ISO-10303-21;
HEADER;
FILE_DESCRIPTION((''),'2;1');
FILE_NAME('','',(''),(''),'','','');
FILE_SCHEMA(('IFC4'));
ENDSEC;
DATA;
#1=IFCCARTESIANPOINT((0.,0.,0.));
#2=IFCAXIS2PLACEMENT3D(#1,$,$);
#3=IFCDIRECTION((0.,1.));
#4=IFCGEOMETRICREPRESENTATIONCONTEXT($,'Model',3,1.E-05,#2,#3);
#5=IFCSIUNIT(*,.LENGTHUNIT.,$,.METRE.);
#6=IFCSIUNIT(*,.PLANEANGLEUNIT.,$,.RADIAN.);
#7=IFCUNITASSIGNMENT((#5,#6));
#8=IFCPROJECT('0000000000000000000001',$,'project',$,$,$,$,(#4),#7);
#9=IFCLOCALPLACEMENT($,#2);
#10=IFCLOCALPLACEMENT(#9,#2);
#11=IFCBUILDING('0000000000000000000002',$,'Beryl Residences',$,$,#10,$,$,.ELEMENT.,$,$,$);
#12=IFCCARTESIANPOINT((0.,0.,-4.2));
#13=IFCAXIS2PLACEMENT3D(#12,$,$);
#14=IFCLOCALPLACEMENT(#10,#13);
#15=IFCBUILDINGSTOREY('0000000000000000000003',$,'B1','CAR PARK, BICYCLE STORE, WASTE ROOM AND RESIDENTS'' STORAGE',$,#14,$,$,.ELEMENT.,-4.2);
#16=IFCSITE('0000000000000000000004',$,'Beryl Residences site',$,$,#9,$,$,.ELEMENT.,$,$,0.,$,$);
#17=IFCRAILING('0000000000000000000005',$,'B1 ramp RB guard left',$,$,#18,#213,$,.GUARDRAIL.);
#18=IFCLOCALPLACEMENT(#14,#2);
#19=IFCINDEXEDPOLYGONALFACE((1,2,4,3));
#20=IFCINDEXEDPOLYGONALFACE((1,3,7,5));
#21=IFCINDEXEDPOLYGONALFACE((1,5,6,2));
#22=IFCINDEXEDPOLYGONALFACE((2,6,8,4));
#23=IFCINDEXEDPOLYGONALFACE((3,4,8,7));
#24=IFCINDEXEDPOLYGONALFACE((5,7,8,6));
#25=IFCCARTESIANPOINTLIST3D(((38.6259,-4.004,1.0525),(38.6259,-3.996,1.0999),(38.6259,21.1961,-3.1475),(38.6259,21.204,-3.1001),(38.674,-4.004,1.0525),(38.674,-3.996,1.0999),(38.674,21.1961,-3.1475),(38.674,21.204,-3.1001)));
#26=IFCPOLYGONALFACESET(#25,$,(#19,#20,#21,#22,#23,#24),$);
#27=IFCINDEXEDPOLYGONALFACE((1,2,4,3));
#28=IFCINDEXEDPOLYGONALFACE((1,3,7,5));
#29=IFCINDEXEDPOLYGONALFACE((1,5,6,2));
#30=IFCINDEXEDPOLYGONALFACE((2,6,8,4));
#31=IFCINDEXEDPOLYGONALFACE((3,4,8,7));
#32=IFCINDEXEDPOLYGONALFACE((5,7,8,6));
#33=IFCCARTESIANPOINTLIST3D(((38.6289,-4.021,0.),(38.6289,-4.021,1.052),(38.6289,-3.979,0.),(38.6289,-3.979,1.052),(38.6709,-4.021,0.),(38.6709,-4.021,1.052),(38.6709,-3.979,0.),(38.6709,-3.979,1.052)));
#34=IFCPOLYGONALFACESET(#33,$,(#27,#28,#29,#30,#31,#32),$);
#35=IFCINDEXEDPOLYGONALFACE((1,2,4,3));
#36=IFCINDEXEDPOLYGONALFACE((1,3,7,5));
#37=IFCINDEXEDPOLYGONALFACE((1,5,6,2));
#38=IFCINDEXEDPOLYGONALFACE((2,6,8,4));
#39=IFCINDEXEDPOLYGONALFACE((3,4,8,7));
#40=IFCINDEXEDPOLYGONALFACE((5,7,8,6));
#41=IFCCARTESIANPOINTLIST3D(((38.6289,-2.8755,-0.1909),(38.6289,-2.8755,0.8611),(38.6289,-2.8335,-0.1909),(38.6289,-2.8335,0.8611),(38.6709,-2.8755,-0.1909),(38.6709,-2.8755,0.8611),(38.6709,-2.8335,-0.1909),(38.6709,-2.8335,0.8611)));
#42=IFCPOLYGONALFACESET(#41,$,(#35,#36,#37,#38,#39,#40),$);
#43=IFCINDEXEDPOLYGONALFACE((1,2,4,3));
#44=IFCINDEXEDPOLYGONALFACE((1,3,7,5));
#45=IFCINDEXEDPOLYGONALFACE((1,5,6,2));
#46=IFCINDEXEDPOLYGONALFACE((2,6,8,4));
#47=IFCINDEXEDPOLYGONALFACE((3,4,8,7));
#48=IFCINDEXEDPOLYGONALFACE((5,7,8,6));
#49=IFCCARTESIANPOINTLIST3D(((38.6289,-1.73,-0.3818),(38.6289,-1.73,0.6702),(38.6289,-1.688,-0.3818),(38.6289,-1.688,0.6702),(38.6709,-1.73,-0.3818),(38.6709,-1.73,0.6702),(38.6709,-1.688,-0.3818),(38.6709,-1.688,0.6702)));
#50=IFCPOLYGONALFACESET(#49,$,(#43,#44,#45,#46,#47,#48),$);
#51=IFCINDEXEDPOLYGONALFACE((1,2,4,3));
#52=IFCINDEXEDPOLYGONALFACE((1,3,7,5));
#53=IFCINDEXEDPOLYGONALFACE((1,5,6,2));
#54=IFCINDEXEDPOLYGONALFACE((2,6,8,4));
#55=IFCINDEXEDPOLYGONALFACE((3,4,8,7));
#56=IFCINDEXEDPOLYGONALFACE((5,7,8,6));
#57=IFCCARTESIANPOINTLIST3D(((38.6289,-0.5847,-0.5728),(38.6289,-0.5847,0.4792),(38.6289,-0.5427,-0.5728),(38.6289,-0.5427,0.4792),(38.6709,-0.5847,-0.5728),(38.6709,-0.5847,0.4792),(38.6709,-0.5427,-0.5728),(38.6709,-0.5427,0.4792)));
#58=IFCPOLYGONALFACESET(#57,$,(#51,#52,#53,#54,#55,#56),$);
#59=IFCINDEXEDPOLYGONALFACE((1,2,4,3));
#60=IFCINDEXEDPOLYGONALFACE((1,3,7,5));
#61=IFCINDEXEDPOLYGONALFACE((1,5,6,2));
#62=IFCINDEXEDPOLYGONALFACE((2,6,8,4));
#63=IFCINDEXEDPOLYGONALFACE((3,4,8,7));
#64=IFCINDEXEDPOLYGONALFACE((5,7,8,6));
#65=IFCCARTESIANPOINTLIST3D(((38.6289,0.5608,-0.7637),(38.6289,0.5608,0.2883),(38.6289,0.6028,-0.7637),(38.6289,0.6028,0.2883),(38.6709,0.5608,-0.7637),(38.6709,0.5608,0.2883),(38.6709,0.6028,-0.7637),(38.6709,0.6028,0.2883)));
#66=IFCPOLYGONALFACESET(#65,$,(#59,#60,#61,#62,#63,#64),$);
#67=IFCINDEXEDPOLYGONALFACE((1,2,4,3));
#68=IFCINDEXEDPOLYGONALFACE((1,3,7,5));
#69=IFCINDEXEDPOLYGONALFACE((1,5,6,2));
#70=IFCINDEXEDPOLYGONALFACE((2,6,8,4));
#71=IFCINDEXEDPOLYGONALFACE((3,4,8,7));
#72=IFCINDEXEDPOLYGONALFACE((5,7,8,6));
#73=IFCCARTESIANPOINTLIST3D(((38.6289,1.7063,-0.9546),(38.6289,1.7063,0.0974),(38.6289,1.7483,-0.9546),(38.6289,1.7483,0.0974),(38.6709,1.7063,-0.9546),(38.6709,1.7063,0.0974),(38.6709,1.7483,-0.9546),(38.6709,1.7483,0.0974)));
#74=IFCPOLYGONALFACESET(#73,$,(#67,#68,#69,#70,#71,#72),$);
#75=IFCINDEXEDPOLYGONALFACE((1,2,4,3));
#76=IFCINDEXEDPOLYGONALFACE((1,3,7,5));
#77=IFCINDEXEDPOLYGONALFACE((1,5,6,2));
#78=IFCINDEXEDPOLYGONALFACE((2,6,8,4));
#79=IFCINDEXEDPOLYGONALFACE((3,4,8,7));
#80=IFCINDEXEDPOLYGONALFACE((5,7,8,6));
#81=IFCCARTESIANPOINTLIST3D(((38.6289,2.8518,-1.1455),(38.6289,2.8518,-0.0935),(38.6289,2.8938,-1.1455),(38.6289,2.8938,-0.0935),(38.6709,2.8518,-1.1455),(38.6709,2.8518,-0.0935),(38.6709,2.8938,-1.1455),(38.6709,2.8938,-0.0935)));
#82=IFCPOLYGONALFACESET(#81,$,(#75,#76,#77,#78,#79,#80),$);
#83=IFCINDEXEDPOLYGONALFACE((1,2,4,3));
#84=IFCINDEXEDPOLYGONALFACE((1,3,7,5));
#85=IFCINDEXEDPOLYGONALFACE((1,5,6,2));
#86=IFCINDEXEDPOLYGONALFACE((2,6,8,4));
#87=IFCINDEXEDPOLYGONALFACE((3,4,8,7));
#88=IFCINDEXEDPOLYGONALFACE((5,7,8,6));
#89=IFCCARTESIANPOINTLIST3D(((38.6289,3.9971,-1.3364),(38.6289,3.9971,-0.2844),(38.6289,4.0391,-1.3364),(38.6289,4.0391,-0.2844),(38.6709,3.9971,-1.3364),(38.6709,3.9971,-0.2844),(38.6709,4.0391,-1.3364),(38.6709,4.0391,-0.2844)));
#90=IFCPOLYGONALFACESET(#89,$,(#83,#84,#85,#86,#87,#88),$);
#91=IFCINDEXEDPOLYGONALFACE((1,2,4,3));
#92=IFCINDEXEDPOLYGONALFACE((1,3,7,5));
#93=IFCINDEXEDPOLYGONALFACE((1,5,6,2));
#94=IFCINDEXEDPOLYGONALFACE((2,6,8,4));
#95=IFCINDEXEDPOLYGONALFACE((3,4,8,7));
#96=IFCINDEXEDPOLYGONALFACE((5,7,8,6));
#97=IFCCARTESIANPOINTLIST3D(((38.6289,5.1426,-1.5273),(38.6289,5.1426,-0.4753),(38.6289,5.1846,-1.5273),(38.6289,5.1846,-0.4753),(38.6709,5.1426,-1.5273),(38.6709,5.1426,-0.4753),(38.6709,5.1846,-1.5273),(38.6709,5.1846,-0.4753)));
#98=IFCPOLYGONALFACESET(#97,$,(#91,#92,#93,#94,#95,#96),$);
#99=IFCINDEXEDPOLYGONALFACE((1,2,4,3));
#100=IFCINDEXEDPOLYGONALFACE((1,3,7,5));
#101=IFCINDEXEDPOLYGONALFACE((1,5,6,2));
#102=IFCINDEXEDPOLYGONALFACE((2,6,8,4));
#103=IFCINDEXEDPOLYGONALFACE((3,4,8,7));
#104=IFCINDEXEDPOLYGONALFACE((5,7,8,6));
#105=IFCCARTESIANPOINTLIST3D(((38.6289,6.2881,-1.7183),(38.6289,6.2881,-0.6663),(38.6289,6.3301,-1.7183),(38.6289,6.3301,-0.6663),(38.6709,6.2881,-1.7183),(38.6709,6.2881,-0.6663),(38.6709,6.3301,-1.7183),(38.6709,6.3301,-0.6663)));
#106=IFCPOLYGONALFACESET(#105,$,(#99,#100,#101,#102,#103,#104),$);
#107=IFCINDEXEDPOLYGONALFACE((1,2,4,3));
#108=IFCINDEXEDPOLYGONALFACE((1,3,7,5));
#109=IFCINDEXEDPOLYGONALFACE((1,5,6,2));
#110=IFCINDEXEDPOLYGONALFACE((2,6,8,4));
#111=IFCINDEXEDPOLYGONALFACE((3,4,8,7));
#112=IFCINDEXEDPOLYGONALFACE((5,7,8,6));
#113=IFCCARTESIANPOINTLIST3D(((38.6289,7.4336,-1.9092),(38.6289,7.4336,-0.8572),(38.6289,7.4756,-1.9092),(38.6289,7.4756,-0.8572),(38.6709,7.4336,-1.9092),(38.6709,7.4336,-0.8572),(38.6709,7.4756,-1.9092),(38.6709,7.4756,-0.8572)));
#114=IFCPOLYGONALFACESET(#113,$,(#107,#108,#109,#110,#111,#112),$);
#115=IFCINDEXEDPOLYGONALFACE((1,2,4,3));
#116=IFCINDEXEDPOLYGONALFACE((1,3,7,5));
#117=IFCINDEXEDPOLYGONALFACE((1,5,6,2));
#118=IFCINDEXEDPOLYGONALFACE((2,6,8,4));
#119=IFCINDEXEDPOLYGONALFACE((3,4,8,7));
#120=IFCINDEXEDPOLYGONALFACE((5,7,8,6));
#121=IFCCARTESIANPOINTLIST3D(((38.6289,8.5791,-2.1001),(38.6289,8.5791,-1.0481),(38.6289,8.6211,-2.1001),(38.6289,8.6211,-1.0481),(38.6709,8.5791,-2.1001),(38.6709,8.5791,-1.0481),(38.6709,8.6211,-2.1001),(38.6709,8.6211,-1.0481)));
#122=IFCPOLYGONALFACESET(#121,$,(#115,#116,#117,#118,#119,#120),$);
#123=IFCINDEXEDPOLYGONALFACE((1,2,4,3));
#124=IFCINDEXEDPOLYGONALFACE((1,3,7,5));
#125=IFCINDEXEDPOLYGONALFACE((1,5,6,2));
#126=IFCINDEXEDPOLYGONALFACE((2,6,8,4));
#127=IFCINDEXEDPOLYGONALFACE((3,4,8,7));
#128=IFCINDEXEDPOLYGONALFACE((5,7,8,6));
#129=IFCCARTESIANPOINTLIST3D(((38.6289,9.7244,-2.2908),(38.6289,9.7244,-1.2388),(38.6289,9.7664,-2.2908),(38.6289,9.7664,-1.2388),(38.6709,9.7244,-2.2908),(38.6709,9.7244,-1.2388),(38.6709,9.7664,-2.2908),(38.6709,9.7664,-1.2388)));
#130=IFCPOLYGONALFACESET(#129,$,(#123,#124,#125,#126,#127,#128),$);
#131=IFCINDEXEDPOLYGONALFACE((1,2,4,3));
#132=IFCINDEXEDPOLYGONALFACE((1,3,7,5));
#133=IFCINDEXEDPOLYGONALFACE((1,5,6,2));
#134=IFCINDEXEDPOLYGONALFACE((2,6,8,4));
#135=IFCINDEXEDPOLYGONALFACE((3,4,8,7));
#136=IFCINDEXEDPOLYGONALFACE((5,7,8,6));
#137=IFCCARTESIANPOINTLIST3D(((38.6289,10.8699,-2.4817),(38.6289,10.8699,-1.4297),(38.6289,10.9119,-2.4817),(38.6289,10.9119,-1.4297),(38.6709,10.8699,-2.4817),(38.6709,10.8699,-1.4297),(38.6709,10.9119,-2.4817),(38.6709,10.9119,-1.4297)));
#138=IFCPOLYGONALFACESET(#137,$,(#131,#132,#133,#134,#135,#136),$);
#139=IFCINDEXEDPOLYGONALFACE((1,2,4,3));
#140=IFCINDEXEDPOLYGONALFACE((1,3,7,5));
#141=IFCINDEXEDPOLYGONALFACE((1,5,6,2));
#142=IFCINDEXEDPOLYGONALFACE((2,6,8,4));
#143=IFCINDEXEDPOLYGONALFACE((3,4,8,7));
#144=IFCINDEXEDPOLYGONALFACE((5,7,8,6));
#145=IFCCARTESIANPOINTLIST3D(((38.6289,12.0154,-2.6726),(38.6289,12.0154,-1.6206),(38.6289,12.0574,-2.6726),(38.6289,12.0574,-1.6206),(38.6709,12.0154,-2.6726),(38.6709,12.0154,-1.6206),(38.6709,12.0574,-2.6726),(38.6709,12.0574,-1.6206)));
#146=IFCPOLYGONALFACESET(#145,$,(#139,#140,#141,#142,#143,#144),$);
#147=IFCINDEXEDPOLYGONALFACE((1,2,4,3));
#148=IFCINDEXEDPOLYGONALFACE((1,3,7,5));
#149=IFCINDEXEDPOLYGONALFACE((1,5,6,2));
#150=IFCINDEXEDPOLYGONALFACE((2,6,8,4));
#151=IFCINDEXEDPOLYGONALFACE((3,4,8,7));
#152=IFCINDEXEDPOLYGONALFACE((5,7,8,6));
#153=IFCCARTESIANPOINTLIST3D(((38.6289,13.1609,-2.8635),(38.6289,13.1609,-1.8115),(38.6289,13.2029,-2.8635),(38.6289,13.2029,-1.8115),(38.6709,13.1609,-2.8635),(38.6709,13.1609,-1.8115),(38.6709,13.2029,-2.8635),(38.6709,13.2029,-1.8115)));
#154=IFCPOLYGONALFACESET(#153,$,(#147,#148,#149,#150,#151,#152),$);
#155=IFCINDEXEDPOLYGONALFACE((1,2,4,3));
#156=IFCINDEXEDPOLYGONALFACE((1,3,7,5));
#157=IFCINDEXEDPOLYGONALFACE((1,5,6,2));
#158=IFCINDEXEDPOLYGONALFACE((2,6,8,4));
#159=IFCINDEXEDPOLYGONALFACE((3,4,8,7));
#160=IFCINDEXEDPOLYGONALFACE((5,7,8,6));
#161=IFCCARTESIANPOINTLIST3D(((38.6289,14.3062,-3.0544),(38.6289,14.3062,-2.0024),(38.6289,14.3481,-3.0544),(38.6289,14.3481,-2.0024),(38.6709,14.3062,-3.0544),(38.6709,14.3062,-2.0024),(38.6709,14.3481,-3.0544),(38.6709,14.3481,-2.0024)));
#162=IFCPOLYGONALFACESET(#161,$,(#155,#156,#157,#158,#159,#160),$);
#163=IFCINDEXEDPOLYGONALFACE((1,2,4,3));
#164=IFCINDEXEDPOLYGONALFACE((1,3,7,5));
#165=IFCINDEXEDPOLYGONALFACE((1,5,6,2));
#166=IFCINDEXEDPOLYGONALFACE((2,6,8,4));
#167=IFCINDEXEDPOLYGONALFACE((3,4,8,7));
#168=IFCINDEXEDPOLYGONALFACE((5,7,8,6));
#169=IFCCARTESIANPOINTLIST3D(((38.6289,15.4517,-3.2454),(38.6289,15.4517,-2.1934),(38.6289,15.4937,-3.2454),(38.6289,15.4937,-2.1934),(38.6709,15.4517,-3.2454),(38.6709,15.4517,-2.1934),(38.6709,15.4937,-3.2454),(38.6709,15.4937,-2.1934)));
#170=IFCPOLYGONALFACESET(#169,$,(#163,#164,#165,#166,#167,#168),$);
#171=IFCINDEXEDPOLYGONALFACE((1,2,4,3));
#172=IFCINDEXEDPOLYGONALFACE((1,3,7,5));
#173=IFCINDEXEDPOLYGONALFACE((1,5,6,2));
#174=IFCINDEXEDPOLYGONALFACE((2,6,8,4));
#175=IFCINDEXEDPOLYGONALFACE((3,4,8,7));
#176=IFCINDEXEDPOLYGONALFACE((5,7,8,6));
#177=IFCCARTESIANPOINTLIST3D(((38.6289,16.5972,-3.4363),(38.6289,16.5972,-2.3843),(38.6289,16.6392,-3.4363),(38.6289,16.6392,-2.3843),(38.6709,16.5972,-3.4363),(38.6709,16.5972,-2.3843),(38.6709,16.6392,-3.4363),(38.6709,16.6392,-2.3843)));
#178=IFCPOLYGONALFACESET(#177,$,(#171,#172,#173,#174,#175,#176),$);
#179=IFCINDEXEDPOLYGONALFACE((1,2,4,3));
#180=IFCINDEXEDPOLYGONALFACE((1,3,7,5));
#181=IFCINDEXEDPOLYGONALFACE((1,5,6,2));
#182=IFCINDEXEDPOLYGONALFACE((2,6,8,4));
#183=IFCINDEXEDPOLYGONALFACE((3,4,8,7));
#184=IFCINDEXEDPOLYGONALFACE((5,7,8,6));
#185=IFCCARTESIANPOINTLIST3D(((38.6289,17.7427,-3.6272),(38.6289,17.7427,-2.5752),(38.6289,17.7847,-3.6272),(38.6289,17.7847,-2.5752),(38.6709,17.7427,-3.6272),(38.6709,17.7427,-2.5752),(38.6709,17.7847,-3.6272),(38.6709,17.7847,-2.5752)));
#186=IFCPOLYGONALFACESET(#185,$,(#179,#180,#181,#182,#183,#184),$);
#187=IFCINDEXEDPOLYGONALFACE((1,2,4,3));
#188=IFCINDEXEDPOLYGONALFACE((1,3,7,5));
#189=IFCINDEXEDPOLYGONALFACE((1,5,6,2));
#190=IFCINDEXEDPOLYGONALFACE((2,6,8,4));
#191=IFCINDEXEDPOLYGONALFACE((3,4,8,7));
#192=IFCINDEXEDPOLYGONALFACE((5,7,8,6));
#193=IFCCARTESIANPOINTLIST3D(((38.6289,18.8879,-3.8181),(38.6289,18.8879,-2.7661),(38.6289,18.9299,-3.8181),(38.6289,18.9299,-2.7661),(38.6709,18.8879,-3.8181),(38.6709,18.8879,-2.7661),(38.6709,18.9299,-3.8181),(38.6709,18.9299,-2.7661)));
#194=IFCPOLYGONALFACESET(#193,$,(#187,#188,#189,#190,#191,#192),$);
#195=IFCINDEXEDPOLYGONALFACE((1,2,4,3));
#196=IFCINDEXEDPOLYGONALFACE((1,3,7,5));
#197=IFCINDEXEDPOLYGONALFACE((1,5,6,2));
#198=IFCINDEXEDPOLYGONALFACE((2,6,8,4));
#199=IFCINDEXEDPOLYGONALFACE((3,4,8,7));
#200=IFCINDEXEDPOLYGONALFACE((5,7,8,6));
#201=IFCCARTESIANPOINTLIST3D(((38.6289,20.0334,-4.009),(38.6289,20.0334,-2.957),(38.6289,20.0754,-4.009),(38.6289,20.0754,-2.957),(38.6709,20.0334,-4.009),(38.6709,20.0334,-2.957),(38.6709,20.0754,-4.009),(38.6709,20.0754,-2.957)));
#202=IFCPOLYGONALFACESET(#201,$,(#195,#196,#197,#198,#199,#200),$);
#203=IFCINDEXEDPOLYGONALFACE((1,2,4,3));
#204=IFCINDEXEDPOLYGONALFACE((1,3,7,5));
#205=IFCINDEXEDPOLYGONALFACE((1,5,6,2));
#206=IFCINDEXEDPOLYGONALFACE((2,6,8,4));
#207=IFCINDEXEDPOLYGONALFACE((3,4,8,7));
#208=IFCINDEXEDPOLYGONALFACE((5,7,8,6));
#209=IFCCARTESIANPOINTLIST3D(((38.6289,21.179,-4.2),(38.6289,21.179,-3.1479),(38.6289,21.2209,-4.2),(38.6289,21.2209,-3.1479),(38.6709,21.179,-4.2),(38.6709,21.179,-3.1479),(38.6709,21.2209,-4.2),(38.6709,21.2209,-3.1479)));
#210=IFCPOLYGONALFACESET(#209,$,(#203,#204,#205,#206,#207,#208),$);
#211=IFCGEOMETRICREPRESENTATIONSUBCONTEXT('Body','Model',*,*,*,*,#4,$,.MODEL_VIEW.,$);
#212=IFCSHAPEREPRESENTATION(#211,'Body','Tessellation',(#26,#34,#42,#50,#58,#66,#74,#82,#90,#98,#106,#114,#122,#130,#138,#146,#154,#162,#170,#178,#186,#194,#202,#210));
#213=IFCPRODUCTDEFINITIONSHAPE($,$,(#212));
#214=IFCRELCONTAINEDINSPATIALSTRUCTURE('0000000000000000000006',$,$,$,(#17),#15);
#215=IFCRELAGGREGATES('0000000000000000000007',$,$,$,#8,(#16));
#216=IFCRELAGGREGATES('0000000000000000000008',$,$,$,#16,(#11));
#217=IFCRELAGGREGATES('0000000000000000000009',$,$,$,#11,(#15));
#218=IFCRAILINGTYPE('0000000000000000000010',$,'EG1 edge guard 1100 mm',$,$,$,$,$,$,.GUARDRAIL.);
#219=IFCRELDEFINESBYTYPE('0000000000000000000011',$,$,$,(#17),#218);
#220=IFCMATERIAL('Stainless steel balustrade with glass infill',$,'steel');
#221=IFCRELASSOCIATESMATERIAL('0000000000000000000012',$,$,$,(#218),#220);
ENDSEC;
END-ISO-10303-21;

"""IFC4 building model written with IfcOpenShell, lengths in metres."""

from ifc_helpers import new_model, si_unit, direction, frame, origin, origin_2d, place, context, subcontext, project, spatial, rectangle, extrude, material, type_object, element, save


model = new_model("IFC4")

# Units and contexts
model_context = context("Model", 3, precision=1e-05, world=origin(), true_north=direction((0.0, 1.0)))
body_context = subcontext(model_context, "Body", "Model", "MODEL_VIEW")
ifc_project = project(units=[si_unit("LENGTHUNIT", "METRE"), si_unit("PLANEANGLEUNIT", "RADIAN")], contexts=[model_context])

# Site, building, storey
site_placement = place(None, origin())
site = spatial("IfcSite", under=ifc_project, at=site_placement, Name="Beryl Residences site", CompositionType="ELEMENT", RefElevation=0.0)
building_placement = place(site_placement, origin())
building = spatial("IfcBuilding", under=site, at=building_placement, Name="Beryl Residences", CompositionType="ELEMENT")
storey_placement = place(building_placement, frame((0.0, 0.0, -4.2)))
storey = spatial("IfcBuildingStorey", under=building, at=storey_placement, Name="B1", Description="CAR PARK, BICYCLE STORE, WASTE ROOM AND RESIDENTS' STORAGE", CompositionType="ELEMENT", Elevation=-4.2)

# Railing
ifc_material_1 = material(Name="Stainless steel balustrade with glass infill", Category="steel")
railing_type_1 = type_object("IfcRailingType", Name="EG1 edge guard 1100 mm", PredefinedType="GUARDRAIL", material=ifc_material_1)
railing_1_placement = place(storey_placement, frame((38.6499, -4.0, 0.0)))
element("IfcRailing", 1, at=railing_1_placement, inside=storey, type_object=railing_type_1, Name="B1 ramp RB guard left", PredefinedType="GUARDRAIL", context=body_context, shape_type="SweptSolid", body=[
    extrude(rectangle(XDim=0.0481, YDim=0.0481, at=origin_2d()), frame((0.0, 0.0, 1.0762), z_axis=(0.0, 0.986394, -0.164397), x_axis=(-1.0, 0.0, 0.0)), (0.0, 0.0, 1.0), 25.5476),
    extrude(rectangle(XDim=0.042, YDim=0.042, at=origin_2d()), origin(), (0.0, 0.0, 1.0), 1.052),
    extrude(rectangle(XDim=0.042, YDim=0.042, at=origin_2d()), frame((0.0, 1.1455, -0.1909)), (0.0, 0.0, 1.0), 1.052),
    extrude(rectangle(XDim=0.042, YDim=0.042, at=origin_2d()), frame((0.0, 2.291, -0.3818)), (0.0, 0.0, 1.0), 1.052),
    extrude(rectangle(XDim=0.042, YDim=0.042, at=origin_2d()), frame((0.0, 3.4363, -0.5728)), (0.0, 0.0, 1.0), 1.052),
    extrude(rectangle(XDim=0.042, YDim=0.042, at=origin_2d()), frame((0.0, 4.5818, -0.7637)), (0.0, 0.0, 1.0), 1.052),
    extrude(rectangle(XDim=0.042, YDim=0.042, at=origin_2d()), frame((0.0, 5.7273, -0.9546)), (0.0, 0.0, 1.0), 1.052),
    extrude(rectangle(XDim=0.042, YDim=0.042, at=origin_2d()), frame((0.0, 6.8728, -1.1455)), (0.0, 0.0, 1.0), 1.052),
    extrude(rectangle(XDim=0.042, YDim=0.042, at=origin_2d()), frame((0.0, 8.0181, -1.3364)), (0.0, 0.0, 1.0), 1.052),
    extrude(rectangle(XDim=0.042, YDim=0.042, at=origin_2d()), frame((0.0, 9.1636, -1.5273)), (0.0, 0.0, 1.0), 1.052),
    extrude(rectangle(XDim=0.042, YDim=0.042, at=origin_2d()), frame((0.0, 10.3091, -1.7183)), (0.0, 0.0, 1.0), 1.052),
    extrude(rectangle(XDim=0.042, YDim=0.042, at=origin_2d()), frame((0.0, 11.4546, -1.9092)), (0.0, 0.0, 1.0), 1.052),
    extrude(rectangle(XDim=0.042, YDim=0.042, at=origin_2d()), frame((0.0, 12.6001, -2.1001)), (0.0, 0.0, 1.0), 1.052),
    extrude(rectangle(XDim=0.042, YDim=0.042, at=origin_2d()), frame((0.0, 13.7454, -2.2908)), (0.0, 0.0, 1.0), 1.052),
    extrude(rectangle(XDim=0.042, YDim=0.042, at=origin_2d()), frame((0.0, 14.8909, -2.4817)), (0.0, 0.0, 1.0), 1.052),
    extrude(rectangle(XDim=0.042, YDim=0.042, at=origin_2d()), frame((0.0, 16.0364, -2.6726)), (0.0, 0.0, 1.0), 1.052),
    extrude(rectangle(XDim=0.042, YDim=0.042, at=origin_2d()), frame((0.0, 17.1819, -2.8635)), (0.0, 0.0, 1.0), 1.052),
    extrude(rectangle(XDim=0.042, YDim=0.042, at=origin_2d()), frame((0.0, 18.3271, -3.0544)), (0.0, 0.0, 1.0), 1.052),
    extrude(rectangle(XDim=0.042, YDim=0.042, at=origin_2d()), frame((0.0, 19.4727, -3.2454)), (0.0, 0.0, 1.0), 1.052),
    extrude(rectangle(XDim=0.042, YDim=0.042, at=origin_2d()), frame((0.0, 20.6182, -3.4363)), (0.0, 0.0, 1.0), 1.052),
    extrude(rectangle(XDim=0.042, YDim=0.042, at=origin_2d()), frame((0.0, 21.7637, -3.6272)), (0.0, 0.0, 1.0), 1.052),
    extrude(rectangle(XDim=0.042, YDim=0.042, at=origin_2d()), frame((0.0, 22.9089, -3.8181)), (0.0, 0.0, 1.0), 1.052),
    extrude(rectangle(XDim=0.042, YDim=0.042, at=origin_2d()), frame((0.0, 24.0544, -4.009)), (0.0, 0.0, 1.0), 1.052),
    extrude(rectangle(XDim=0.042, YDim=0.042, at=origin_2d()), frame((0.0, 25.2, -4.2)), (0.0, 0.0, 1.0), 1.052),
])

save(model, "model.ifc")
